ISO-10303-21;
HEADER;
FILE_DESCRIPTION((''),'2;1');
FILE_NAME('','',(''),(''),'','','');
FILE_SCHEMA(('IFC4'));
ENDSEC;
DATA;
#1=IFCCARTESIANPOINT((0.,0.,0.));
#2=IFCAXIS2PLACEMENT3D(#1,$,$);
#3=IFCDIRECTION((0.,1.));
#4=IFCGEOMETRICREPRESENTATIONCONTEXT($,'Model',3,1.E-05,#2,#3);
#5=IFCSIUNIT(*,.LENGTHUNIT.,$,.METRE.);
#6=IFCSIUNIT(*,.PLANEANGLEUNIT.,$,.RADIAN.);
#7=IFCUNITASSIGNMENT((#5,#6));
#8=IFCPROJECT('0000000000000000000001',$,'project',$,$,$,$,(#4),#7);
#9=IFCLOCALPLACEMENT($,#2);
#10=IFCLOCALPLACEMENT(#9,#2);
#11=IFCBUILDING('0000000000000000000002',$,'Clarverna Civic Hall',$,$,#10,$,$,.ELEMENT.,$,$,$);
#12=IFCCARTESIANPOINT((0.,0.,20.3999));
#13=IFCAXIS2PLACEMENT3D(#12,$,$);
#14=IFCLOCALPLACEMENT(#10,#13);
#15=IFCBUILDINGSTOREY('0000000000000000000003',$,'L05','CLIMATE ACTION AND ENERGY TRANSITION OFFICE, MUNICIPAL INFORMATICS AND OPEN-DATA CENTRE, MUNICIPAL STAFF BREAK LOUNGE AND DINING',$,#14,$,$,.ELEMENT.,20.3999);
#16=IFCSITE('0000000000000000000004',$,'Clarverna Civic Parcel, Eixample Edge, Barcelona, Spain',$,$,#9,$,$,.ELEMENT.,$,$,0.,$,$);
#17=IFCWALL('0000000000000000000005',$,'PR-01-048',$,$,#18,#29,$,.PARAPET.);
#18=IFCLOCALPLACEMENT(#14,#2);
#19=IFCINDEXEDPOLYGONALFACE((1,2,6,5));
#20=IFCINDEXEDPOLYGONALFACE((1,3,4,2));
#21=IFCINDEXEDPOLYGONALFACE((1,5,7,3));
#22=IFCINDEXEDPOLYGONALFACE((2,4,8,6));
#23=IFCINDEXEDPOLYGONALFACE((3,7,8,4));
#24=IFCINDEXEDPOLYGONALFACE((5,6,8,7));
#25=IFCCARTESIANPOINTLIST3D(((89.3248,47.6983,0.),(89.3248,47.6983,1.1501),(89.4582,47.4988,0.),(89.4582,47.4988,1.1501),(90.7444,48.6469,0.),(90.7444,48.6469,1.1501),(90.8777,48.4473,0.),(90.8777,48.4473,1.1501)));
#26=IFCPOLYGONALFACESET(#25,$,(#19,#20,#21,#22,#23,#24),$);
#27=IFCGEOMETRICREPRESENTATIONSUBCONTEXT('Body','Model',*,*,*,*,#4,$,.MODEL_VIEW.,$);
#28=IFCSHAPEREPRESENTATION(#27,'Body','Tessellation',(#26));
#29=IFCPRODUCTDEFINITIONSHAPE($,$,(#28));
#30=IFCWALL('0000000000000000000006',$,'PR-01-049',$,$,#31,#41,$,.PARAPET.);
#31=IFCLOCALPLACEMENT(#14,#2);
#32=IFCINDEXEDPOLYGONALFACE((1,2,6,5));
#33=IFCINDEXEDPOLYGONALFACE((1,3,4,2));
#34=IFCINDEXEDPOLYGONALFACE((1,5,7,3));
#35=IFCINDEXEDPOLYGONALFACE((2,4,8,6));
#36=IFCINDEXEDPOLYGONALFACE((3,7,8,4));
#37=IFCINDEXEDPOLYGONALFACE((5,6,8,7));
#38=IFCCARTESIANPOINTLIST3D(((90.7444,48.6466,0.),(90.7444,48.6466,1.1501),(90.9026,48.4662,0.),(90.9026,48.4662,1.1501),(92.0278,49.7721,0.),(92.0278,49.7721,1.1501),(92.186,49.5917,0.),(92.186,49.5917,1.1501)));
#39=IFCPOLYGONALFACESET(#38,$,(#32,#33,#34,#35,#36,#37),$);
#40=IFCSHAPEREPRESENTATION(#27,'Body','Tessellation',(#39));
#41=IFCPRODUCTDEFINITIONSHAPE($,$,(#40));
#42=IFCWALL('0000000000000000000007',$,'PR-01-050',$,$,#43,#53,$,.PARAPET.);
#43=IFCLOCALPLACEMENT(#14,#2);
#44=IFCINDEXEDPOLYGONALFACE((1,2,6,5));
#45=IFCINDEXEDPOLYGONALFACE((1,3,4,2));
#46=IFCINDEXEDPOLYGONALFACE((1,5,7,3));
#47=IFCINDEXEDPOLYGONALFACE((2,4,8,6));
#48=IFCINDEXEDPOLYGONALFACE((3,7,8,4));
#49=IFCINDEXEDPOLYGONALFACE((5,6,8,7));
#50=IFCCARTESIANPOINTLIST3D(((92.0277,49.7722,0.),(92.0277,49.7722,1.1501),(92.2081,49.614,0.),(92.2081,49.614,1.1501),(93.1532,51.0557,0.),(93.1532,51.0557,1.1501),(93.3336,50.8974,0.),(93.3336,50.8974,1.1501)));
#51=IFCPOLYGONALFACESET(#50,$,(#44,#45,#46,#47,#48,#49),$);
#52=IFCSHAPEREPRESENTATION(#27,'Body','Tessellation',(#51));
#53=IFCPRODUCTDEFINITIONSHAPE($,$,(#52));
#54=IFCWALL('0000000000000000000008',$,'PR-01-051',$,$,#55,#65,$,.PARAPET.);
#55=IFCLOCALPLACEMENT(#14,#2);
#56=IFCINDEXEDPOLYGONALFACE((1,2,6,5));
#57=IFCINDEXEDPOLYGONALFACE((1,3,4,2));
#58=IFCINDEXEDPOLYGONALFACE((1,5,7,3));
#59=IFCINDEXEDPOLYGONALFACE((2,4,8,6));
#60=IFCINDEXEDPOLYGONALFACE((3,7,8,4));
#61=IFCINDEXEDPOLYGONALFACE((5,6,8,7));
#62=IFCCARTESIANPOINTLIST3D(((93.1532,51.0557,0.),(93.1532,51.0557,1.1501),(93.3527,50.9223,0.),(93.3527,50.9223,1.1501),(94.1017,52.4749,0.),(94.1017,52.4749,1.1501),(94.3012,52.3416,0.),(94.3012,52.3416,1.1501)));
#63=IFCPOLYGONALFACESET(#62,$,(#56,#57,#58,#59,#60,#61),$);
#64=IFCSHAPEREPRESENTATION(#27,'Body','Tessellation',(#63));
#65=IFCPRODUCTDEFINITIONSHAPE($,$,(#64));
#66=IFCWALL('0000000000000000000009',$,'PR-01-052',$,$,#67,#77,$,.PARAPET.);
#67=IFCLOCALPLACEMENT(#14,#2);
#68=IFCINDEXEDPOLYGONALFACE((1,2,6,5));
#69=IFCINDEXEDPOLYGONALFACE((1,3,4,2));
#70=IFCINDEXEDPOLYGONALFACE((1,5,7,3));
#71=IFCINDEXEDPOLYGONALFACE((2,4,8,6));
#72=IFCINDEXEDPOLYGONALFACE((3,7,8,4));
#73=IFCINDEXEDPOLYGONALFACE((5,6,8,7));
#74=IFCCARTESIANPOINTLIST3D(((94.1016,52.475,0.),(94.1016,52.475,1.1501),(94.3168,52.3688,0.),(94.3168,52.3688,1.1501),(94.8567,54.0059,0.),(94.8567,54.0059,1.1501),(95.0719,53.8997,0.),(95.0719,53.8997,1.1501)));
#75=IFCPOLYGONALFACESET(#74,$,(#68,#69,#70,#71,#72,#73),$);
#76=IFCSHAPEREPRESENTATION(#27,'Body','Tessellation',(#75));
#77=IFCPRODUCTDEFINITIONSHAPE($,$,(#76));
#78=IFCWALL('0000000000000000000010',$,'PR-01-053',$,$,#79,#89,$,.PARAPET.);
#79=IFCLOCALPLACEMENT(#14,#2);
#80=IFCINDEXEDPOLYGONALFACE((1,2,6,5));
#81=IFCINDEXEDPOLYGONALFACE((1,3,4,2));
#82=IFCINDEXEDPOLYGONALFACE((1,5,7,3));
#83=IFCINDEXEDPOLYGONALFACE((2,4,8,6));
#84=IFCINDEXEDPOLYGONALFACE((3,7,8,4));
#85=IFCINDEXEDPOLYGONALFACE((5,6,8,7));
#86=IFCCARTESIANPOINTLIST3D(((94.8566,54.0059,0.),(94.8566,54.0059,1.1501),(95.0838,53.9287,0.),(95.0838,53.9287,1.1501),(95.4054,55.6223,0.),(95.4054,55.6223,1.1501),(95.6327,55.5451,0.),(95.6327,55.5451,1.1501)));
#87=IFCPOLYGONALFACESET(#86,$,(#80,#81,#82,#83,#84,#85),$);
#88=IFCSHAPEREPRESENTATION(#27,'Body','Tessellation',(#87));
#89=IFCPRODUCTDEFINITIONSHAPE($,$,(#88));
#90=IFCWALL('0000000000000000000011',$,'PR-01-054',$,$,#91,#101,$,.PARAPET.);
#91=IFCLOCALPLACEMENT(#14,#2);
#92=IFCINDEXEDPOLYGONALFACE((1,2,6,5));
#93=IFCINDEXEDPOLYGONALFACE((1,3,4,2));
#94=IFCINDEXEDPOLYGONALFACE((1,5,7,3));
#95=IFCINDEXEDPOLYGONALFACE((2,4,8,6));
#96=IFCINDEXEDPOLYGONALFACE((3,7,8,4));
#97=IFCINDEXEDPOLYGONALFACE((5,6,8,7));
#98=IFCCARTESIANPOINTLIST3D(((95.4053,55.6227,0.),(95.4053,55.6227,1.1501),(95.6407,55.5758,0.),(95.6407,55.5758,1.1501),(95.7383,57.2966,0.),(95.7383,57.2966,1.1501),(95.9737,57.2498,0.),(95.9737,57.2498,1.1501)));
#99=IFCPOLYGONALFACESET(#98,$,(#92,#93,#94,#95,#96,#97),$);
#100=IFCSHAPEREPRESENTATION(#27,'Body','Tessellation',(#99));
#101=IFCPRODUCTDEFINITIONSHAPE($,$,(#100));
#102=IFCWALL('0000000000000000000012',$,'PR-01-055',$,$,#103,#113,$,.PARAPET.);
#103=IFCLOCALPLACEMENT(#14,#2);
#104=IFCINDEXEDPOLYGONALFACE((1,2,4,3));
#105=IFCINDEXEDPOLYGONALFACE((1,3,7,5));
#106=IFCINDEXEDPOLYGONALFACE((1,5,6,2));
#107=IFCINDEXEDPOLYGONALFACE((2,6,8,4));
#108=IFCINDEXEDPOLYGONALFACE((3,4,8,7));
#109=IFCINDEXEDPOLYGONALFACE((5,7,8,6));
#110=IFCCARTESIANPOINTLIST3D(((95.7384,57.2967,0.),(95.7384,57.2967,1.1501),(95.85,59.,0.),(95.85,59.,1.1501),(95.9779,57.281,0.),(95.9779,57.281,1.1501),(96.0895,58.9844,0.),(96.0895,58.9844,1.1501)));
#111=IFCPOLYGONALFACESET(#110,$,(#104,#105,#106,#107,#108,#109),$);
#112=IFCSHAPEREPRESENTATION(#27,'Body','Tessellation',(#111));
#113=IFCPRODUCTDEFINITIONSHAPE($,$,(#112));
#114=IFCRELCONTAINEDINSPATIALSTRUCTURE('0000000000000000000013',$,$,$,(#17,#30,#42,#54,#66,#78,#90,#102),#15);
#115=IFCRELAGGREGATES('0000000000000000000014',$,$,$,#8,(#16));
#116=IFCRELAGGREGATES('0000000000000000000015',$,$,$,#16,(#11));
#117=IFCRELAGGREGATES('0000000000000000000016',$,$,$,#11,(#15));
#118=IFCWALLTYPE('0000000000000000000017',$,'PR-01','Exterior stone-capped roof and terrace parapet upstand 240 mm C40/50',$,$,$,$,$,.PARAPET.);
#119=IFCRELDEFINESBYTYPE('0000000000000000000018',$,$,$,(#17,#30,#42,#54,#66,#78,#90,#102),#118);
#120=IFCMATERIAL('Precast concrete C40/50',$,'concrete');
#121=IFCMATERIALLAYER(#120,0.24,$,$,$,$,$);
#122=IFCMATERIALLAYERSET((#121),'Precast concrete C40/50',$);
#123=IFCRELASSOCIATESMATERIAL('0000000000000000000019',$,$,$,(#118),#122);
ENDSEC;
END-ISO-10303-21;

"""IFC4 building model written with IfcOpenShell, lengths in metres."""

from ifc_helpers import new_model, si_unit, direction, frame, frame_2d, origin, place, context, subcontext, project, spatial, rectangle, extrude, material, layer, layer_set, type_object, element, save


model = new_model("IFC4")

# Units and contexts
model_context = context("Model", 3, precision=1e-05, world=origin(), true_north=direction((0.0, 1.0)))
body_context = subcontext(model_context, "Body", "Model", "MODEL_VIEW")
ifc_project = project(units=[si_unit("LENGTHUNIT", "METRE"), si_unit("PLANEANGLEUNIT", "RADIAN")], contexts=[model_context])

# Site, building, storey
site_placement = place(None, origin())
site = spatial("IfcSite", under=ifc_project, at=site_placement, Name="Clarverna Civic Parcel, Eixample Edge, Barcelona, Spain", CompositionType="ELEMENT", RefElevation=0.0)
building_placement = place(site_placement, origin())
building = spatial("IfcBuilding", under=site, at=building_placement, Name="Clarverna Civic Hall", CompositionType="ELEMENT")
storey_placement = place(building_placement, frame((0.0, 0.0, 20.3999)))
storey = spatial("IfcBuildingStorey", under=building, at=storey_placement, Name="L05", Description="CLIMATE ACTION AND ENERGY TRANSITION OFFICE, MUNICIPAL INFORMATICS AND OPEN-DATA CENTRE, MUNICIPAL STAFF BREAK LOUNGE AND DINING", CompositionType="ELEMENT", Elevation=20.3999)

# Shared definitions
ifc_material_1 = material(Name="Precast concrete C40/50", Category="concrete")

# Walls
ifc_layer_1 = layer(ifc_material_1, 0.24)
ifc_layer_set_1 = layer_set([ifc_layer_1], Name="Precast concrete C40/50")
wall_type_1 = type_object("IfcWallType", Name="PR-01", Description="Exterior stone-capped roof and terrace parapet upstand 240 mm C40/50", PredefinedType="PARAPET", material=ifc_layer_set_1)
wall_1_placement = place(storey_placement, frame((89.3916, 47.5986, 0.0), z_axis=(0.0, 0.0, 1.0), x_axis=(0.831456, 0.555591, 0.0)))
element("IfcWall", 1, at=wall_1_placement, inside=storey, type_object=wall_type_1, Name="PR-01-048", PredefinedType="PARAPET", context=body_context, shape_type="SweptSolid", body=[
    extrude(rectangle(XDim=1.7073, YDim=0.24, at=frame_2d((0.8535, 0.0))), origin(), (0.0, 0.0, 1.0), 1.1501),
])
for number, where, z_axis, x_axis, name in (
    (2, (90.8235, 48.5564, 0.0), (0.0, 0.0, 1.0), (0.751859, 0.659324, 0.0), "PR-01-049"),
    (3, (92.1179, 49.6931, 0.0), (0.0, 0.0, 1.0), (0.659324, 0.751859, 0.0), "PR-01-050"),
    (4, (93.2529, 50.989, 0.0), (0.0, 0.0, 1.0), (0.555657, 0.831412, 0.0), "PR-01-051"),
    (5, (94.2092, 52.4219, 0.0), (0.0, 0.0, 1.0), (0.442344, 0.896845, 0.0), "PR-01-052"),
    (6, (94.9702, 53.9673, 0.0), (0.0, 0.0, 1.0), (0.3215, 0.94691, 0.0), "PR-01-053"),
):
    element("IfcWall", number, at=place(storey_placement, frame(where, z_axis=z_axis, x_axis=x_axis)), inside=storey, type_object=wall_type_1, Name=name, PredefinedType="PARAPET", context=body_context, shape_type="SweptSolid", body=[
        extrude(rectangle(XDim=1.707, YDim=0.24, at=frame_2d((0.8535, 0.0))), origin(), (0.0, 0.0, 1.0), 1.1501),
    ])
wall_2_placement = place(storey_placement, frame((95.5229, 55.5991, 0.0), z_axis=(0.0, 0.0, 1.0), x_axis=(0.195098, 0.980784, 0.0)))
element("IfcWall", 7, at=wall_2_placement, inside=storey, type_object=wall_type_1, Name="PR-01-054", PredefinedType="PARAPET", context=body_context, shape_type="SweptSolid", body=[
    extrude(rectangle(XDim=1.7068, YDim=0.24, at=frame_2d((0.8535, 0.0))), origin(), (0.0, 0.0, 1.0), 1.1501),
])
wall_3_placement = place(storey_placement, frame((95.8582, 57.2888, 0.0), z_axis=(0.0, 0.0, 1.0), x_axis=(0.065361, 0.997862, 0.0)))
element("IfcWall", 8, at=wall_3_placement, inside=storey, type_object=wall_type_1, Name="PR-01-055", PredefinedType="PARAPET", context=body_context, shape_type="SweptSolid", body=[
    extrude(rectangle(XDim=1.707, YDim=0.24, at=frame_2d((0.8535, 0.0))), origin(), (0.0, 0.0, 1.0), 1.1501),
])

save(model, "model.ifc")
